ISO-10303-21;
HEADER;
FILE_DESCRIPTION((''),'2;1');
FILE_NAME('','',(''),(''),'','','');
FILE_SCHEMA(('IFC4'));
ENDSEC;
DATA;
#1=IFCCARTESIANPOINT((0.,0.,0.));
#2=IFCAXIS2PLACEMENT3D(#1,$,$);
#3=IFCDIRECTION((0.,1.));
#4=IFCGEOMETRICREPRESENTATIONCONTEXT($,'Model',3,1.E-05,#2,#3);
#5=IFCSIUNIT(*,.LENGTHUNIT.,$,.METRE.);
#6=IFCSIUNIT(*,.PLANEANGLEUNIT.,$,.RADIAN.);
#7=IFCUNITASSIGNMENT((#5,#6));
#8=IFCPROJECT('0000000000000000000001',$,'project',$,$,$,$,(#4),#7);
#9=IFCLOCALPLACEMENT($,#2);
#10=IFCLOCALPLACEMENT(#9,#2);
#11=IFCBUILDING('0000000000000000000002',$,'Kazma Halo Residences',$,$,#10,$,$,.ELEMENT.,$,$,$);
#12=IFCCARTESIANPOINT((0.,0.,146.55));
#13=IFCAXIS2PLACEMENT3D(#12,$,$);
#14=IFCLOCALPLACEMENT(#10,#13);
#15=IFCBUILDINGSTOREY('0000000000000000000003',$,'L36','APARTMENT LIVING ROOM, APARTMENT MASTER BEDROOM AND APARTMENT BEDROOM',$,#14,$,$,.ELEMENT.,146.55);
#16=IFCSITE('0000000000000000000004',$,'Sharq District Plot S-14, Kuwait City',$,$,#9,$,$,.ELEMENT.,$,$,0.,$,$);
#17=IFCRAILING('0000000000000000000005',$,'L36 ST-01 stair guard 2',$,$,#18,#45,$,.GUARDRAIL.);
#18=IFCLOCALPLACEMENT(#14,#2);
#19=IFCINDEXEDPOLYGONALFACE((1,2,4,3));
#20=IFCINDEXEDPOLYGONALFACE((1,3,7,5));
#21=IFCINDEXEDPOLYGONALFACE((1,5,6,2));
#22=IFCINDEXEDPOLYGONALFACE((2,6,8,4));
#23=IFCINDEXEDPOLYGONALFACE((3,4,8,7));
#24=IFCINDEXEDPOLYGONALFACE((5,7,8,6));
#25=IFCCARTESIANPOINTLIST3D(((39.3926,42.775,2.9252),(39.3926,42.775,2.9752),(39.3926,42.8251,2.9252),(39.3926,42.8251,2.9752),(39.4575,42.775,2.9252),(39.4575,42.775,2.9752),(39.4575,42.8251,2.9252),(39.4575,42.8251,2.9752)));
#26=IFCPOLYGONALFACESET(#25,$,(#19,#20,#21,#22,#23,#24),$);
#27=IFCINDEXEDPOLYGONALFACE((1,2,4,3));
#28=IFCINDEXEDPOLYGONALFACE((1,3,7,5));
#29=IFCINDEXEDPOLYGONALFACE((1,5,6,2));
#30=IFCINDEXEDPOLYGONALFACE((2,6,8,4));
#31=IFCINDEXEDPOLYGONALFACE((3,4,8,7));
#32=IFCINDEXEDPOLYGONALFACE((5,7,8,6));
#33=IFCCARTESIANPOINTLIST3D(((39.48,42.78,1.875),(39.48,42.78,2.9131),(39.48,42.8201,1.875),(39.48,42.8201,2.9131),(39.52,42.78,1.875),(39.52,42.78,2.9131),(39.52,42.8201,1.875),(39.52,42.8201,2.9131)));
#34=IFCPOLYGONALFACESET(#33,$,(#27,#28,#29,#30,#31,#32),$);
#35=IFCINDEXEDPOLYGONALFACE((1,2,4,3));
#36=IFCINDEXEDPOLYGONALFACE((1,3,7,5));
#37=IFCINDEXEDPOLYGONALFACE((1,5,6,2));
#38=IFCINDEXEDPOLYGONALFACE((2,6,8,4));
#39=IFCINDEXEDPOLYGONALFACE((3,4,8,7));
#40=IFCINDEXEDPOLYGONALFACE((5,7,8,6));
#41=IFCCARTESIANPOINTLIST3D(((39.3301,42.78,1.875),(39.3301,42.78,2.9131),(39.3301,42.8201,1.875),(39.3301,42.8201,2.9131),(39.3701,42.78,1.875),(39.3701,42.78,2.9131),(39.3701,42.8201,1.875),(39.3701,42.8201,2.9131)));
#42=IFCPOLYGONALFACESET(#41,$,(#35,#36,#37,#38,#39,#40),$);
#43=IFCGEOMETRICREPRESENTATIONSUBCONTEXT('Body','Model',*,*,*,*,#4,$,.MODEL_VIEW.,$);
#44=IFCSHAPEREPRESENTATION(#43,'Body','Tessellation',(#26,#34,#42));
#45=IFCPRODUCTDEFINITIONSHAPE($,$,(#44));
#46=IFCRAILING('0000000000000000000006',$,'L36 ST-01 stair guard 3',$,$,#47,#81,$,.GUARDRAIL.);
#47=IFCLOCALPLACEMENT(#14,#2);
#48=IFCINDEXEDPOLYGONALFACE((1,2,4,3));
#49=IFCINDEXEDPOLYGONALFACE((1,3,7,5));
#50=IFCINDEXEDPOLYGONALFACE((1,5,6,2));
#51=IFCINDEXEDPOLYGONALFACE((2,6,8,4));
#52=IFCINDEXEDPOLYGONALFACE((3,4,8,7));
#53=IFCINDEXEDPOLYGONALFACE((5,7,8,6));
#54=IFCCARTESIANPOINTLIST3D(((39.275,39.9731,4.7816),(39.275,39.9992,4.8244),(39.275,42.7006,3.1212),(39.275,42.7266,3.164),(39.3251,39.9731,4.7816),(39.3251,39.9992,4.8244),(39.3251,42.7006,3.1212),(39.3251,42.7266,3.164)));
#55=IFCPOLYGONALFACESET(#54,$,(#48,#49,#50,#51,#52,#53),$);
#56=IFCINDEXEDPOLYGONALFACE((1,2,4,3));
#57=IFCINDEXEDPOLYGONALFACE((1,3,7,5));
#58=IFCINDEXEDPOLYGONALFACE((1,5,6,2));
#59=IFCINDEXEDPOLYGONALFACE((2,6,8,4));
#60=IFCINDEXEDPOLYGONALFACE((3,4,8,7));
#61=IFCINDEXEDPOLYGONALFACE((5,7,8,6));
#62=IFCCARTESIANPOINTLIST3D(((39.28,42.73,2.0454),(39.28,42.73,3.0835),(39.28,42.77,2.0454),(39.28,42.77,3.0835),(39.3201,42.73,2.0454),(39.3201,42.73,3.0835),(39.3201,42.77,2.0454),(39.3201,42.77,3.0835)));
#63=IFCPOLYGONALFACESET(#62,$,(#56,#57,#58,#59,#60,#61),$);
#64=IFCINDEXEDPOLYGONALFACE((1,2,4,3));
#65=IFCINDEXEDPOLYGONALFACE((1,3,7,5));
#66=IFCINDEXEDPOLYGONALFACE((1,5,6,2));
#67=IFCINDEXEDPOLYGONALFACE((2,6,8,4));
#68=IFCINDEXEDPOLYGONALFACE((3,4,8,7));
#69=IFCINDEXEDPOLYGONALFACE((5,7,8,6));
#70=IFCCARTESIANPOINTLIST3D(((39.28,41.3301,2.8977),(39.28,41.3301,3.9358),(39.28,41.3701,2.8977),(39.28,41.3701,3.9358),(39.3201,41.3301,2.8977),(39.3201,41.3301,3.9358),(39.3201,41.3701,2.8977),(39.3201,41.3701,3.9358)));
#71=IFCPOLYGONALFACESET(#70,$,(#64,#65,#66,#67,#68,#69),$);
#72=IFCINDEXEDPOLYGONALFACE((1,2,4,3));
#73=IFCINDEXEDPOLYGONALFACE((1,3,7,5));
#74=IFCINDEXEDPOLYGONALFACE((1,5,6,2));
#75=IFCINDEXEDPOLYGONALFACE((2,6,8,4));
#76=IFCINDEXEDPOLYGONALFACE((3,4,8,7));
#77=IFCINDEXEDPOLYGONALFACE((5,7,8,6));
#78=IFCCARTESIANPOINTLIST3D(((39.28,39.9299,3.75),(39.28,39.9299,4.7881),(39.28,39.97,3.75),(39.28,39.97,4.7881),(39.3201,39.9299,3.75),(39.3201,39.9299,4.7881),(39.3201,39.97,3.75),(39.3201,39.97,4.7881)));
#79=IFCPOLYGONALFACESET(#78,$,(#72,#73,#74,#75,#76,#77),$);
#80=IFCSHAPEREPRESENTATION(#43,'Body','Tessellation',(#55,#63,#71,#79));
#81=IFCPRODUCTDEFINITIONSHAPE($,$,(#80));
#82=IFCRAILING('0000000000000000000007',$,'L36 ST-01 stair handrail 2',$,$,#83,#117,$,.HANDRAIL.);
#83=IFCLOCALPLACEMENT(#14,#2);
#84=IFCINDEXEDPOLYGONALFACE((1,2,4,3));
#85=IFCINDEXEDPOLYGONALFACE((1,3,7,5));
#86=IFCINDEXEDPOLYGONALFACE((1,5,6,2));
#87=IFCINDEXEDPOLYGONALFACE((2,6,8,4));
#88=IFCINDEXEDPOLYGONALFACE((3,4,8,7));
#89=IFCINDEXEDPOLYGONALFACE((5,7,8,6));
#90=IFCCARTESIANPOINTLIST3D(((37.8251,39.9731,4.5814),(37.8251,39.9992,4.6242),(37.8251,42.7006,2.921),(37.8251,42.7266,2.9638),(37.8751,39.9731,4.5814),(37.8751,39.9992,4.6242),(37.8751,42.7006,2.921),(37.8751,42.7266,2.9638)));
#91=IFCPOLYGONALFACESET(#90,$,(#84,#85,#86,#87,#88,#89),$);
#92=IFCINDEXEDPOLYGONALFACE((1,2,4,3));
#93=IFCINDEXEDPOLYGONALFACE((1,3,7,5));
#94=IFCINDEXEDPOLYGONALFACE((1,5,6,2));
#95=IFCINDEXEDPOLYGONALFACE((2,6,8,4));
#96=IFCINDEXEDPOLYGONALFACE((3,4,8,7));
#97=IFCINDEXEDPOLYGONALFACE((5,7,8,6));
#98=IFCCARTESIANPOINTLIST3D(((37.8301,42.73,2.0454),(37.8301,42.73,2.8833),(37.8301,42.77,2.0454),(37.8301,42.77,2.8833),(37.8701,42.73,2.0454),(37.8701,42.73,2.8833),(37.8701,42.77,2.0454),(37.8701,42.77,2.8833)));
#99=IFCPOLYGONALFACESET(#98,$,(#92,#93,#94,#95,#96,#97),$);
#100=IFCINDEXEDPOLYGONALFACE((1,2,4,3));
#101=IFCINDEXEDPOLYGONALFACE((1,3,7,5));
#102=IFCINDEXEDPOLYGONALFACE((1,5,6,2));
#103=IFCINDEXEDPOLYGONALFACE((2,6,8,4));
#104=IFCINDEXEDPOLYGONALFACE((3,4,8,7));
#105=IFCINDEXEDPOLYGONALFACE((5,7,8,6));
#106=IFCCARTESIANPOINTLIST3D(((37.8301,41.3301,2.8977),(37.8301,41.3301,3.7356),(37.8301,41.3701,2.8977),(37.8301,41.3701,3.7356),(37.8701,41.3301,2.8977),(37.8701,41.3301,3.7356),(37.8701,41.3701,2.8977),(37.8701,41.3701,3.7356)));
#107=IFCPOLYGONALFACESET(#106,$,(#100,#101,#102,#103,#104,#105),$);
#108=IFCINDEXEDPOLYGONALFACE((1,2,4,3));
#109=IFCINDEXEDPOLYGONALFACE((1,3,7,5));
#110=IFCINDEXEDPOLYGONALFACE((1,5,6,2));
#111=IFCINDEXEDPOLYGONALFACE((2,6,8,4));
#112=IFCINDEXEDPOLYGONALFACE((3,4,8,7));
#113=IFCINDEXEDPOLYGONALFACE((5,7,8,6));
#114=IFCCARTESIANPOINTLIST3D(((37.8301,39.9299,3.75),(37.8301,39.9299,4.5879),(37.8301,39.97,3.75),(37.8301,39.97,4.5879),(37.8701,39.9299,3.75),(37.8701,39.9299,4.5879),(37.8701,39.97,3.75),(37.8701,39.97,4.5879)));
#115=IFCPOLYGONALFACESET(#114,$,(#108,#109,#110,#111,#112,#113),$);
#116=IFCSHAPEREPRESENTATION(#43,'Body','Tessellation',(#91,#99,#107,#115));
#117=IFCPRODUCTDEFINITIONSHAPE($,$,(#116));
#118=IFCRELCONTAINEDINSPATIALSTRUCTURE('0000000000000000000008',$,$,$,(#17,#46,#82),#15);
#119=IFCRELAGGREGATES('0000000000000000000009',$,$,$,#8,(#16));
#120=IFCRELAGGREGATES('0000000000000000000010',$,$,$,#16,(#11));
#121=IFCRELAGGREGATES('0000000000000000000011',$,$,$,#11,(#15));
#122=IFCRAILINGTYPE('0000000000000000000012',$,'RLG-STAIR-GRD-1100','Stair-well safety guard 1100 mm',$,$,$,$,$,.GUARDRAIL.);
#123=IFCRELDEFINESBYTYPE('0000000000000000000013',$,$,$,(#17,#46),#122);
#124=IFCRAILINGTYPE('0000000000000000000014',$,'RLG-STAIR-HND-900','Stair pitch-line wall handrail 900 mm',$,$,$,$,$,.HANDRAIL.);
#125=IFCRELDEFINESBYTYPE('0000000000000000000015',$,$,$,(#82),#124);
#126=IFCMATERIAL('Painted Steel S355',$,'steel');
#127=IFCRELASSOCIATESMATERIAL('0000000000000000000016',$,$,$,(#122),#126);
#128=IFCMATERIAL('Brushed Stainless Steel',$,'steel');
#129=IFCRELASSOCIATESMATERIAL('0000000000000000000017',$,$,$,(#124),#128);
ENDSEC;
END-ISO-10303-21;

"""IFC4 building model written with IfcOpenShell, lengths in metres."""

from ifc_helpers import new_model, si_unit, direction, frame, origin, origin_2d, place, context, subcontext, project, spatial, rectangle, extrude, material, type_object, element, save


model = new_model("IFC4")

# Units and contexts
model_context = context("Model", 3, precision=1e-05, world=origin(), true_north=direction((0.0, 1.0)))
body_context = subcontext(model_context, "Body", "Model", "MODEL_VIEW")
ifc_project = project(units=[si_unit("LENGTHUNIT", "METRE"), si_unit("PLANEANGLEUNIT", "RADIAN")], contexts=[model_context])

# Site, building, storey
site_placement = place(None, origin())
site = spatial("IfcSite", under=ifc_project, at=site_placement, Name="Sharq District Plot S-14, Kuwait City", CompositionType="ELEMENT", RefElevation=0.0)
building_placement = place(site_placement, origin())
building = spatial("IfcBuilding", under=site, at=building_placement, Name="Kazma Halo Residences", CompositionType="ELEMENT")
storey_placement = place(building_placement, frame((0.0, 0.0, 146.55)))
storey = spatial("IfcBuildingStorey", under=building, at=storey_placement, Name="L36", Description="APARTMENT LIVING ROOM, APARTMENT MASTER BEDROOM AND APARTMENT BEDROOM", CompositionType="ELEMENT", Elevation=146.55)

# Railings
ifc_material_1 = material(Name="Painted Steel S355", Category="steel")
railing_type_1 = type_object("IfcRailingType", Name="RLG-STAIR-GRD-1100", Description="Stair-well safety guard 1100 mm", PredefinedType="GUARDRAIL", material=ifc_material_1)
railing_1_placement = place(storey_placement, frame((39.5, 42.8, 1.875)))
element("IfcRailing", 1, at=railing_1_placement, inside=storey, type_object=railing_type_1, Name="L36 ST-01 stair guard 2", PredefinedType="GUARDRAIL", context=body_context, shape_type="SweptSolid", body=[
    extrude(rectangle(XDim=0.05, YDim=0.05, at=origin_2d()), frame((-0.0425, 0.0, 1.0752), z_axis=(-1.0, 0.0, 0.0), x_axis=(0.0, -1.0, 0.0)), (0.0, 0.0, 1.0), 0.0649),
    extrude(rectangle(XDim=0.04, YDim=0.04, at=origin_2d()), origin(), (0.0, 0.0, 1.0), 1.0381),
    extrude(rectangle(XDim=0.04, YDim=0.04, at=origin_2d()), frame((-0.1499, 0.0, 0.0)), (0.0, 0.0, 1.0), 1.0381),
])
railing_2_placement = place(storey_placement, frame((39.3, 42.75, 2.0454)))
element("IfcRailing", 2, at=railing_2_placement, inside=storey, type_object=railing_type_1, Name="L36 ST-01 stair guard 3", PredefinedType="GUARDRAIL", context=body_context, shape_type="SweptSolid", body=[
    extrude(rectangle(XDim=0.05, YDim=0.05, at=origin_2d()), frame((0.0, -0.0364, 1.0972), z_axis=(0.0, -0.85417, 0.519994), x_axis=(1.0, 0.0, 0.0)), (0.0, 0.0, 1.0), 3.1931),
    extrude(rectangle(XDim=0.04, YDim=0.04, at=origin_2d()), origin(), (0.0, 0.0, 1.0), 1.0381),
    extrude(rectangle(XDim=0.04, YDim=0.04, at=origin_2d()), frame((0.0, -1.3999, 0.8523)), (0.0, 0.0, 1.0), 1.0381),
    extrude(rectangle(XDim=0.04, YDim=0.04, at=origin_2d()), frame((0.0, -2.8, 1.7046)), (0.0, 0.0, 1.0), 1.0381),
])
ifc_material_2 = material(Name="Brushed Stainless Steel", Category="steel")
railing_type_2 = type_object("IfcRailingType", Name="RLG-STAIR-HND-900", Description="Stair pitch-line wall handrail 900 mm", PredefinedType="HANDRAIL", material=ifc_material_2)
railing_3_placement = place(storey_placement, frame((37.8501, 42.75, 2.0454)))
element("IfcRailing", 3, at=railing_3_placement, inside=storey, type_object=railing_type_2, Name="L36 ST-01 stair handrail 2", PredefinedType="HANDRAIL", context=body_context, shape_type="SweptSolid", body=[
    extrude(rectangle(XDim=0.05, YDim=0.05, at=origin_2d()), frame((0.0, -0.0364, 0.897), z_axis=(0.0, -0.85417, 0.519994), x_axis=(1.0, 0.0, 0.0)), (0.0, 0.0, 1.0), 3.1931),
    extrude(rectangle(XDim=0.04, YDim=0.04, at=origin_2d()), origin(), (0.0, 0.0, 1.0), 0.8379),
    extrude(rectangle(XDim=0.04, YDim=0.04, at=origin_2d()), frame((0.0, -1.3999, 0.8523)), (0.0, 0.0, 1.0), 0.8379),
    extrude(rectangle(XDim=0.04, YDim=0.04, at=origin_2d()), frame((0.0, -2.8, 1.7046)), (0.0, 0.0, 1.0), 0.8379),
])

save(model, "model.ifc")
